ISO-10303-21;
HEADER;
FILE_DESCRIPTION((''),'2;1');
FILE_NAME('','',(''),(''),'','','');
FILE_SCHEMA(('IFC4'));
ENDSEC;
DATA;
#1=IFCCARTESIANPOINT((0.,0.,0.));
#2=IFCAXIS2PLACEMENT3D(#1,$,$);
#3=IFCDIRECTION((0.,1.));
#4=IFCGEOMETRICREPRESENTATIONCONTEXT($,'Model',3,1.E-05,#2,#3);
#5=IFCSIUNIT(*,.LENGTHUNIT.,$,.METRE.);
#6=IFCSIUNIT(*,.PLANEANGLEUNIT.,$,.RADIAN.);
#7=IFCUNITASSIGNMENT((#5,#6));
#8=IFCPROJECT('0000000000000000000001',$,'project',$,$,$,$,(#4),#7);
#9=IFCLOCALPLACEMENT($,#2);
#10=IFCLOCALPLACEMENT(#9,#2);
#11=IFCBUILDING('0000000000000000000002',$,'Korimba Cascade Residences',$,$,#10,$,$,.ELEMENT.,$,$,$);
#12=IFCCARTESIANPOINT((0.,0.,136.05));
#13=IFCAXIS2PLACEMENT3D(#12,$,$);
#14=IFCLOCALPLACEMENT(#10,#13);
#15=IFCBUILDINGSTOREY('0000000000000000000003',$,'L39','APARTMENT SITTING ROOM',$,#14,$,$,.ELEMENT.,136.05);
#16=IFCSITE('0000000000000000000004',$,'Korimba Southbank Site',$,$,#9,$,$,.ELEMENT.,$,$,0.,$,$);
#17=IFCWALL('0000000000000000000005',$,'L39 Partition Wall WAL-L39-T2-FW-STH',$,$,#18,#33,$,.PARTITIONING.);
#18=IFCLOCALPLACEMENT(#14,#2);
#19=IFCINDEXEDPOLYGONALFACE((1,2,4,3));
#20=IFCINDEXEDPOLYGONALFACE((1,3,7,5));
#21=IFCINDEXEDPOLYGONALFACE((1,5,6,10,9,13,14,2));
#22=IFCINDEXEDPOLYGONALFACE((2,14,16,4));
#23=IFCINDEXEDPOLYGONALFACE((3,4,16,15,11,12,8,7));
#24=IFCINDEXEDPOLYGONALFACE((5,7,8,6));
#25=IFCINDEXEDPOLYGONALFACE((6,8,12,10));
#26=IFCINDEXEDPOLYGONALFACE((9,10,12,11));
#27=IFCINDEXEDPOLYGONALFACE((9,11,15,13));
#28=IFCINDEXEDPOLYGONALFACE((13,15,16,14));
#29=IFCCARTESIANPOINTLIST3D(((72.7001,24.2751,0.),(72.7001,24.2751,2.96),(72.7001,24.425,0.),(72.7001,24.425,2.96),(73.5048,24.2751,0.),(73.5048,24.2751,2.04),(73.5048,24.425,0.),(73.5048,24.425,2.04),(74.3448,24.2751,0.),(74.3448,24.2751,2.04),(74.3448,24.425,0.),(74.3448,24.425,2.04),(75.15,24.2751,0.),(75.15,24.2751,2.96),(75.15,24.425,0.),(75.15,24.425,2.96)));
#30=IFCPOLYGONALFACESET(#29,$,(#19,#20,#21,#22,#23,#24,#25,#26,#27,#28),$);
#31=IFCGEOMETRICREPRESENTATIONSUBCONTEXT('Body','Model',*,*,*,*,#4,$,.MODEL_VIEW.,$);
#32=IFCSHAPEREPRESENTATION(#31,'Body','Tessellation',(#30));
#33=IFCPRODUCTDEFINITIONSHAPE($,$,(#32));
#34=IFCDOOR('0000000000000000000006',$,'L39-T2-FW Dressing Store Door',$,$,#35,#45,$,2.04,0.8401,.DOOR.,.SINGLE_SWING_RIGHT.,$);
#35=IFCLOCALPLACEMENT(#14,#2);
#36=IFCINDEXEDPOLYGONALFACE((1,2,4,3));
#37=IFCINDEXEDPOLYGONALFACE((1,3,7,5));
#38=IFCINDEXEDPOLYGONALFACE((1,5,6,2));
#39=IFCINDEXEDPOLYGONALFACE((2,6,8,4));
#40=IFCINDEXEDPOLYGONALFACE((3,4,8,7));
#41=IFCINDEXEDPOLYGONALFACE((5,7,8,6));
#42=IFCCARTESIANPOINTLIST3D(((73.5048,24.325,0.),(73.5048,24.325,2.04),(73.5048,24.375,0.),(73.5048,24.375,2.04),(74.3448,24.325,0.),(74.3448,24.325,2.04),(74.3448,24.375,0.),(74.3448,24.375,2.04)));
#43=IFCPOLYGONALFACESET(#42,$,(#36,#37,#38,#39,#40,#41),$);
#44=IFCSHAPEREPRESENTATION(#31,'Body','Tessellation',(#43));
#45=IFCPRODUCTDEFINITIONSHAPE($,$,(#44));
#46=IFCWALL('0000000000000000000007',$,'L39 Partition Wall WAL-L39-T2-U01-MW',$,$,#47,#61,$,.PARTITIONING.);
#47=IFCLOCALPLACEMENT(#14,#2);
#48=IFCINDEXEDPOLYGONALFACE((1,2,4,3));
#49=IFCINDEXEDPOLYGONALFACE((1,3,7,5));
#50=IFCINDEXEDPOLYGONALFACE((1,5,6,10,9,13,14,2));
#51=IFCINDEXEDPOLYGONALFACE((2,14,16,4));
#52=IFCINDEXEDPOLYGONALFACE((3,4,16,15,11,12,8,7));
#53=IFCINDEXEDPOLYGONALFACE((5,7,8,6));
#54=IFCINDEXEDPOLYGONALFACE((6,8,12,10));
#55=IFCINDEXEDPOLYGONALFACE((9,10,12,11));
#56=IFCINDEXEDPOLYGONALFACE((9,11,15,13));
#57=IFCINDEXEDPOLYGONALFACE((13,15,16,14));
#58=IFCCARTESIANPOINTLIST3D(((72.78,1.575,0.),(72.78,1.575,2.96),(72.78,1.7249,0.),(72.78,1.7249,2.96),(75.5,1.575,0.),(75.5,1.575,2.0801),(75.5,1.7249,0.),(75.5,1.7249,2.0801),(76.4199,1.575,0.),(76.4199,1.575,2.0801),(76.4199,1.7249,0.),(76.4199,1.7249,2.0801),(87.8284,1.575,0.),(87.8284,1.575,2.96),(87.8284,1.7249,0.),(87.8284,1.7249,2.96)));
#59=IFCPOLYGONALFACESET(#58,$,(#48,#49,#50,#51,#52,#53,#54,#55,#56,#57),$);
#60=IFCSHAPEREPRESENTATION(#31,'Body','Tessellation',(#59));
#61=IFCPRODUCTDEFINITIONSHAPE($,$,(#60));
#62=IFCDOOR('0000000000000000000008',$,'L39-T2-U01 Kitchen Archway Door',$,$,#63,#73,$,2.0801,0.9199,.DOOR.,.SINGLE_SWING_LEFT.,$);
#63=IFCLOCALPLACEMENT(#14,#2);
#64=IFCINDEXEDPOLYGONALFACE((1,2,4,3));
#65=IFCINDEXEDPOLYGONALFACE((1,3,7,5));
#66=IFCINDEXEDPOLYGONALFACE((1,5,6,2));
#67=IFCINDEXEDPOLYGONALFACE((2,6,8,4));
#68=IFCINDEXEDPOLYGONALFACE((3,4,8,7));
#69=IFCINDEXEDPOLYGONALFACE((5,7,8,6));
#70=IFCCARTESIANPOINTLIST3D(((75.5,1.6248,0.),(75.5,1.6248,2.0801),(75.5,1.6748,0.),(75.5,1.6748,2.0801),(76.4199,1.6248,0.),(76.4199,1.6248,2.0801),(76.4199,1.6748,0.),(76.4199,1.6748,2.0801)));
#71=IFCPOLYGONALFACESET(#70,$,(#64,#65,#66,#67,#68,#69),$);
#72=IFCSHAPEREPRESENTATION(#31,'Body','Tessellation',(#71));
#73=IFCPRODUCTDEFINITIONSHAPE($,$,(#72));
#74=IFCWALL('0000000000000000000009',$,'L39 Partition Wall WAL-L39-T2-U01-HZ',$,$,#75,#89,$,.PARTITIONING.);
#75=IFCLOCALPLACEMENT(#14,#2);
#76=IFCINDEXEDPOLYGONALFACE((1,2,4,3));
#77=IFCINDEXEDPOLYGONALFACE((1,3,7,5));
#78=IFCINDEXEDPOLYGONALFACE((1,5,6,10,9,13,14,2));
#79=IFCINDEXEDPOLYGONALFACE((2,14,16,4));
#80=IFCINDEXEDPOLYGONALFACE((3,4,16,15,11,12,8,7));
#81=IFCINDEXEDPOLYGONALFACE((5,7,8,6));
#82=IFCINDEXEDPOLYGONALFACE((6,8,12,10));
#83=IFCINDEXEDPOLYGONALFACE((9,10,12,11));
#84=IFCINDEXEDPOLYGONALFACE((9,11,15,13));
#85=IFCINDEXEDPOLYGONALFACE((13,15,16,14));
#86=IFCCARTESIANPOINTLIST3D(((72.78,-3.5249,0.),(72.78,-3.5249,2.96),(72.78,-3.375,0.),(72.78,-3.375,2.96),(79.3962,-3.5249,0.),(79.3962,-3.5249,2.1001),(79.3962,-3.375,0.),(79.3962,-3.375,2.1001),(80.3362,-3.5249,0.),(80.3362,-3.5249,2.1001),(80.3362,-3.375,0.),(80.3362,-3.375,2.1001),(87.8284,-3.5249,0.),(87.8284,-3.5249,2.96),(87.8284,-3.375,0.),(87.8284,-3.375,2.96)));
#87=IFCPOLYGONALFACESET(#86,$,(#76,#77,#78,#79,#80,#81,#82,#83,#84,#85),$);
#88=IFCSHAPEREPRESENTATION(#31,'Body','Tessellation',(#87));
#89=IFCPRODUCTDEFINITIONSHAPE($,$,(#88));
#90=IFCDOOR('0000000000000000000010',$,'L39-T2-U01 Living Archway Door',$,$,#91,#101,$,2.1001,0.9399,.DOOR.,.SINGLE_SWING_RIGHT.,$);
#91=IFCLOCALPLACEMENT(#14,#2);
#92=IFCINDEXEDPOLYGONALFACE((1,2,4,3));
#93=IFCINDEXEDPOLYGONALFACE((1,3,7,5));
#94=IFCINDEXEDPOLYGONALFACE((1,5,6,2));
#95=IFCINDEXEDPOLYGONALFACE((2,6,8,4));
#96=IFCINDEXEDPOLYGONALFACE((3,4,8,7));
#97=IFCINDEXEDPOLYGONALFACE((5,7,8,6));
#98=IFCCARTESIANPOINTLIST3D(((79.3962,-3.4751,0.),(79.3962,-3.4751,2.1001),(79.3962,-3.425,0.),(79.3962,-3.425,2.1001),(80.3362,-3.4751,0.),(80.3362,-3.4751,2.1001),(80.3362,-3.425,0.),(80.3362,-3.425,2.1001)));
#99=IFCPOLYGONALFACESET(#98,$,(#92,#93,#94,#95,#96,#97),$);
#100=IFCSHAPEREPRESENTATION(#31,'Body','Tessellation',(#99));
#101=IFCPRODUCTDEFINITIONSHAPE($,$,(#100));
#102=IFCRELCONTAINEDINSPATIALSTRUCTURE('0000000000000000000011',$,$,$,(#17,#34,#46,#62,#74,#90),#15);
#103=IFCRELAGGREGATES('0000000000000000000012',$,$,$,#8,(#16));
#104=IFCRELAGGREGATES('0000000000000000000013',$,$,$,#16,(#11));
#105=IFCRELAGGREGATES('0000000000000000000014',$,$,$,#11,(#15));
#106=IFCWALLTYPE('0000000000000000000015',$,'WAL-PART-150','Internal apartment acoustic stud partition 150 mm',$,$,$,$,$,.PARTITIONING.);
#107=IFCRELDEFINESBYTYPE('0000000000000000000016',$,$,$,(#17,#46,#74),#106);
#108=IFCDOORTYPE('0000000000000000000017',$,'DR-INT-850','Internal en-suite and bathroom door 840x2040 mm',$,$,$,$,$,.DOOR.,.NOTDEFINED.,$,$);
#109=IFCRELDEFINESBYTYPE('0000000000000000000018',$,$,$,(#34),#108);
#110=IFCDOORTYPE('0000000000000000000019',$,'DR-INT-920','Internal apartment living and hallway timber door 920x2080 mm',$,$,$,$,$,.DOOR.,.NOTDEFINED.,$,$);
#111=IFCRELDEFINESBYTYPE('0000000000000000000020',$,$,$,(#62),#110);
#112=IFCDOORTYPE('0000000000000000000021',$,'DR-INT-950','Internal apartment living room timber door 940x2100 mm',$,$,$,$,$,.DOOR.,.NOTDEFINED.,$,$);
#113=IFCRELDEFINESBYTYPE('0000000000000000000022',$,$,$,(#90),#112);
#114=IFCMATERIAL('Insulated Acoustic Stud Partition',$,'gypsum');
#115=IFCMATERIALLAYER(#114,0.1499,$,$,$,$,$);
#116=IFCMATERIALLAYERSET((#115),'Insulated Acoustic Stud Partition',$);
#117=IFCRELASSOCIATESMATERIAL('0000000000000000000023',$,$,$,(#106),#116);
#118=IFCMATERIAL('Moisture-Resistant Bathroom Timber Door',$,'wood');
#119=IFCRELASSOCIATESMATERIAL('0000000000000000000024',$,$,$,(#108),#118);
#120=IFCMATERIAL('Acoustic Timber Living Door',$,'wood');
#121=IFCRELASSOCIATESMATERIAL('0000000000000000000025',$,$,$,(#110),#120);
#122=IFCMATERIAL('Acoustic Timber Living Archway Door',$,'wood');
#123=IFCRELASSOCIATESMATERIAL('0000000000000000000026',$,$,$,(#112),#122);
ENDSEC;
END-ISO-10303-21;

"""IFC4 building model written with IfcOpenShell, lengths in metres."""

from ifc_helpers import new_model, si_unit, direction, frame, frame_2d, origin, place, context, subcontext, project, spatial, rectangle, extrude, material, layer, layer_set, type_object, element, fill, save


model = new_model("IFC4")

# Units and contexts
model_context = context("Model", 3, precision=1e-05, world=origin(), true_north=direction((0.0, 1.0)))
body_context = subcontext(model_context, "Body", "Model", "MODEL_VIEW")
ifc_project = project(units=[si_unit("LENGTHUNIT", "METRE"), si_unit("PLANEANGLEUNIT", "RADIAN")], contexts=[model_context])

# Site, building, storey
site_placement = place(None, origin())
site = spatial("IfcSite", under=ifc_project, at=site_placement, Name="Korimba Southbank Site", CompositionType="ELEMENT", RefElevation=0.0)
building_placement = place(site_placement, origin())
building = spatial("IfcBuilding", under=site, at=building_placement, Name="Korimba Cascade Residences", CompositionType="ELEMENT")
storey_placement = place(building_placement, frame((0.0, 0.0, 136.05)))
storey = spatial("IfcBuildingStorey", under=building, at=storey_placement, Name="L39", Description="APARTMENT SITTING ROOM", CompositionType="ELEMENT", Elevation=136.05)

# Walls, openings, doors
ifc_material_1 = material(Name="Insulated Acoustic Stud Partition", Category="gypsum")
ifc_layer_1 = layer(ifc_material_1, 0.1499)
ifc_layer_set_1 = layer_set([ifc_layer_1], Name="Insulated Acoustic Stud Partition")
wall_type_1 = type_object("IfcWallType", Name="WAL-PART-150", Description="Internal apartment acoustic stud partition 150 mm", PredefinedType="PARTITIONING", material=ifc_layer_set_1)
wall_1_placement = place(storey_placement, frame((72.7, 24.3501, 0.0), z_axis=(0.0, 0.0, 1.0), x_axis=(1.0, 0.0, 0.0)))
wall_1 = element("IfcWall", 1, at=wall_1_placement, inside=storey, type_object=wall_type_1, Name="L39 Partition Wall WAL-L39-T2-FW-STH", PredefinedType="PARTITIONING", context=body_context, shape_type="SweptSolid", body=[
    extrude(rectangle(XDim=2.45, YDim=0.1499, at=frame_2d((1.2251, 0.0))), origin(), (0.0, 0.0, 1.0), 2.96),
])
opening_1_placement = place(wall_1_placement, frame((0.8049, 0.0, 0.0)))
opening_1 = element("IfcOpeningElement", 2, at=opening_1_placement, cuts=wall_1, PredefinedType="OPENING", context=body_context, shape_type="SweptSolid", body=[
    extrude(rectangle(XDim=0.8401, YDim=2.04, at=frame_2d((0.4199, 1.02))), frame((0.0, 0.085, 0.0), z_axis=(0.0, -1.0, 0.0), x_axis=(1.0, 0.0, 0.0)), (0.0, 0.0, 1.0), 0.1699),
])
ifc_material_2 = material(Name="Moisture-Resistant Bathroom Timber Door", Category="wood")
door_type_1 = type_object("IfcDoorType", Name="DR-INT-850", Description="Internal en-suite and bathroom door 840x2040 mm", OperationType="NOTDEFINED", PredefinedType="DOOR", material=ifc_material_2)
door_1_placement = place(opening_1_placement, origin())
door_1 = element("IfcDoor", 3, at=door_1_placement, inside=storey, type_object=door_type_1, Name="L39-T2-FW Dressing Store Door", OperationType="SINGLE_SWING_RIGHT", OverallHeight=2.04, OverallWidth=0.8401, PredefinedType="DOOR", context=body_context, shape_type="SweptSolid", body=[
    extrude(rectangle(XDim=0.8401, YDim=2.04, at=frame_2d((0.4199, 1.02))), frame((0.0, 0.0249, 0.0), z_axis=(0.0, -1.0, 0.0), x_axis=(1.0, 0.0, 0.0)), (0.0, 0.0, 1.0), 0.05),
])
fill(opening_1, door_1)
wall_2_placement = place(storey_placement, frame((72.78, 1.6499, 0.0), z_axis=(0.0, 0.0, 1.0), x_axis=(1.0, 0.0, 0.0)))
wall_2 = element("IfcWall", 4, at=wall_2_placement, inside=storey, type_object=wall_type_1, Name="L39 Partition Wall WAL-L39-T2-U01-MW", PredefinedType="PARTITIONING", context=body_context, shape_type="SweptSolid", body=[
    extrude(rectangle(XDim=15.0483, YDim=0.1499, at=frame_2d((7.5242, 0.0))), origin(), (0.0, 0.0, 1.0), 2.96),
])
opening_2_placement = place(wall_2_placement, frame((2.72, 0.0, 0.0)))
opening_2 = element("IfcOpeningElement", 5, at=opening_2_placement, cuts=wall_2, PredefinedType="OPENING", context=body_context, shape_type="SweptSolid", body=[
    extrude(rectangle(XDim=0.9199, YDim=2.0801, at=frame_2d((0.46, 1.04))), frame((0.0, 0.085, 0.0), z_axis=(0.0, -1.0, 0.0), x_axis=(1.0, 0.0, 0.0)), (0.0, 0.0, 1.0), 0.1699),
])
ifc_material_3 = material(Name="Acoustic Timber Living Door", Category="wood")
door_type_2 = type_object("IfcDoorType", Name="DR-INT-920", Description="Internal apartment living and hallway timber door 920x2080 mm", OperationType="NOTDEFINED", PredefinedType="DOOR", material=ifc_material_3)
door_2_placement = place(opening_2_placement, origin())
door_2 = element("IfcDoor", 6, at=door_2_placement, inside=storey, type_object=door_type_2, Name="L39-T2-U01 Kitchen Archway Door", OperationType="SINGLE_SWING_LEFT", OverallHeight=2.0801, OverallWidth=0.9199, PredefinedType="DOOR", context=body_context, shape_type="SweptSolid", body=[
    extrude(rectangle(XDim=0.9199, YDim=2.0801, at=frame_2d((0.46, 1.04))), frame((0.0, 0.0249, 0.0), z_axis=(0.0, -1.0, 0.0), x_axis=(1.0, 0.0, 0.0)), (0.0, 0.0, 1.0), 0.05),
])
fill(opening_2, door_2)
wall_3_placement = place(storey_placement, frame((72.78, -3.45, 0.0), z_axis=(0.0, 0.0, 1.0), x_axis=(1.0, 0.0, 0.0)))
wall_3 = element("IfcWall", 7, at=wall_3_placement, inside=storey, type_object=wall_type_1, Name="L39 Partition Wall WAL-L39-T2-U01-HZ", PredefinedType="PARTITIONING", context=body_context, shape_type="SweptSolid", body=[
    extrude(rectangle(XDim=15.0483, YDim=0.1499, at=frame_2d((7.5242, 0.0))), origin(), (0.0, 0.0, 1.0), 2.96),
])
opening_3_placement = place(wall_3_placement, frame((6.6162, 0.0, 0.0)))
opening_3 = element("IfcOpeningElement", 8, at=opening_3_placement, cuts=wall_3, PredefinedType="OPENING", context=body_context, shape_type="SweptSolid", body=[
    extrude(rectangle(XDim=0.9399, YDim=2.1001, at=frame_2d((0.47, 1.05))), frame((0.0, 0.085, 0.0), z_axis=(0.0, -1.0, 0.0), x_axis=(1.0, 0.0, 0.0)), (0.0, 0.0, 1.0), 0.1699),
])
ifc_material_4 = material(Name="Acoustic Timber Living Archway Door", Category="wood")
door_type_3 = type_object("IfcDoorType", Name="DR-INT-950", Description="Internal apartment living room timber door 940x2100 mm", OperationType="NOTDEFINED", PredefinedType="DOOR", material=ifc_material_4)
door_3_placement = place(opening_3_placement, origin())
door_3 = element("IfcDoor", 9, at=door_3_placement, inside=storey, type_object=door_type_3, Name="L39-T2-U01 Living Archway Door", OperationType="SINGLE_SWING_RIGHT", OverallHeight=2.1001, OverallWidth=0.9399, PredefinedType="DOOR", context=body_context, shape_type="SweptSolid", body=[
    extrude(rectangle(XDim=0.9399, YDim=2.1001, at=frame_2d((0.47, 1.05))), frame((0.0, 0.0249, 0.0), z_axis=(0.0, -1.0, 0.0), x_axis=(1.0, 0.0, 0.0)), (0.0, 0.0, 1.0), 0.05),
])
fill(opening_3, door_3)

save(model, "model.ifc")
